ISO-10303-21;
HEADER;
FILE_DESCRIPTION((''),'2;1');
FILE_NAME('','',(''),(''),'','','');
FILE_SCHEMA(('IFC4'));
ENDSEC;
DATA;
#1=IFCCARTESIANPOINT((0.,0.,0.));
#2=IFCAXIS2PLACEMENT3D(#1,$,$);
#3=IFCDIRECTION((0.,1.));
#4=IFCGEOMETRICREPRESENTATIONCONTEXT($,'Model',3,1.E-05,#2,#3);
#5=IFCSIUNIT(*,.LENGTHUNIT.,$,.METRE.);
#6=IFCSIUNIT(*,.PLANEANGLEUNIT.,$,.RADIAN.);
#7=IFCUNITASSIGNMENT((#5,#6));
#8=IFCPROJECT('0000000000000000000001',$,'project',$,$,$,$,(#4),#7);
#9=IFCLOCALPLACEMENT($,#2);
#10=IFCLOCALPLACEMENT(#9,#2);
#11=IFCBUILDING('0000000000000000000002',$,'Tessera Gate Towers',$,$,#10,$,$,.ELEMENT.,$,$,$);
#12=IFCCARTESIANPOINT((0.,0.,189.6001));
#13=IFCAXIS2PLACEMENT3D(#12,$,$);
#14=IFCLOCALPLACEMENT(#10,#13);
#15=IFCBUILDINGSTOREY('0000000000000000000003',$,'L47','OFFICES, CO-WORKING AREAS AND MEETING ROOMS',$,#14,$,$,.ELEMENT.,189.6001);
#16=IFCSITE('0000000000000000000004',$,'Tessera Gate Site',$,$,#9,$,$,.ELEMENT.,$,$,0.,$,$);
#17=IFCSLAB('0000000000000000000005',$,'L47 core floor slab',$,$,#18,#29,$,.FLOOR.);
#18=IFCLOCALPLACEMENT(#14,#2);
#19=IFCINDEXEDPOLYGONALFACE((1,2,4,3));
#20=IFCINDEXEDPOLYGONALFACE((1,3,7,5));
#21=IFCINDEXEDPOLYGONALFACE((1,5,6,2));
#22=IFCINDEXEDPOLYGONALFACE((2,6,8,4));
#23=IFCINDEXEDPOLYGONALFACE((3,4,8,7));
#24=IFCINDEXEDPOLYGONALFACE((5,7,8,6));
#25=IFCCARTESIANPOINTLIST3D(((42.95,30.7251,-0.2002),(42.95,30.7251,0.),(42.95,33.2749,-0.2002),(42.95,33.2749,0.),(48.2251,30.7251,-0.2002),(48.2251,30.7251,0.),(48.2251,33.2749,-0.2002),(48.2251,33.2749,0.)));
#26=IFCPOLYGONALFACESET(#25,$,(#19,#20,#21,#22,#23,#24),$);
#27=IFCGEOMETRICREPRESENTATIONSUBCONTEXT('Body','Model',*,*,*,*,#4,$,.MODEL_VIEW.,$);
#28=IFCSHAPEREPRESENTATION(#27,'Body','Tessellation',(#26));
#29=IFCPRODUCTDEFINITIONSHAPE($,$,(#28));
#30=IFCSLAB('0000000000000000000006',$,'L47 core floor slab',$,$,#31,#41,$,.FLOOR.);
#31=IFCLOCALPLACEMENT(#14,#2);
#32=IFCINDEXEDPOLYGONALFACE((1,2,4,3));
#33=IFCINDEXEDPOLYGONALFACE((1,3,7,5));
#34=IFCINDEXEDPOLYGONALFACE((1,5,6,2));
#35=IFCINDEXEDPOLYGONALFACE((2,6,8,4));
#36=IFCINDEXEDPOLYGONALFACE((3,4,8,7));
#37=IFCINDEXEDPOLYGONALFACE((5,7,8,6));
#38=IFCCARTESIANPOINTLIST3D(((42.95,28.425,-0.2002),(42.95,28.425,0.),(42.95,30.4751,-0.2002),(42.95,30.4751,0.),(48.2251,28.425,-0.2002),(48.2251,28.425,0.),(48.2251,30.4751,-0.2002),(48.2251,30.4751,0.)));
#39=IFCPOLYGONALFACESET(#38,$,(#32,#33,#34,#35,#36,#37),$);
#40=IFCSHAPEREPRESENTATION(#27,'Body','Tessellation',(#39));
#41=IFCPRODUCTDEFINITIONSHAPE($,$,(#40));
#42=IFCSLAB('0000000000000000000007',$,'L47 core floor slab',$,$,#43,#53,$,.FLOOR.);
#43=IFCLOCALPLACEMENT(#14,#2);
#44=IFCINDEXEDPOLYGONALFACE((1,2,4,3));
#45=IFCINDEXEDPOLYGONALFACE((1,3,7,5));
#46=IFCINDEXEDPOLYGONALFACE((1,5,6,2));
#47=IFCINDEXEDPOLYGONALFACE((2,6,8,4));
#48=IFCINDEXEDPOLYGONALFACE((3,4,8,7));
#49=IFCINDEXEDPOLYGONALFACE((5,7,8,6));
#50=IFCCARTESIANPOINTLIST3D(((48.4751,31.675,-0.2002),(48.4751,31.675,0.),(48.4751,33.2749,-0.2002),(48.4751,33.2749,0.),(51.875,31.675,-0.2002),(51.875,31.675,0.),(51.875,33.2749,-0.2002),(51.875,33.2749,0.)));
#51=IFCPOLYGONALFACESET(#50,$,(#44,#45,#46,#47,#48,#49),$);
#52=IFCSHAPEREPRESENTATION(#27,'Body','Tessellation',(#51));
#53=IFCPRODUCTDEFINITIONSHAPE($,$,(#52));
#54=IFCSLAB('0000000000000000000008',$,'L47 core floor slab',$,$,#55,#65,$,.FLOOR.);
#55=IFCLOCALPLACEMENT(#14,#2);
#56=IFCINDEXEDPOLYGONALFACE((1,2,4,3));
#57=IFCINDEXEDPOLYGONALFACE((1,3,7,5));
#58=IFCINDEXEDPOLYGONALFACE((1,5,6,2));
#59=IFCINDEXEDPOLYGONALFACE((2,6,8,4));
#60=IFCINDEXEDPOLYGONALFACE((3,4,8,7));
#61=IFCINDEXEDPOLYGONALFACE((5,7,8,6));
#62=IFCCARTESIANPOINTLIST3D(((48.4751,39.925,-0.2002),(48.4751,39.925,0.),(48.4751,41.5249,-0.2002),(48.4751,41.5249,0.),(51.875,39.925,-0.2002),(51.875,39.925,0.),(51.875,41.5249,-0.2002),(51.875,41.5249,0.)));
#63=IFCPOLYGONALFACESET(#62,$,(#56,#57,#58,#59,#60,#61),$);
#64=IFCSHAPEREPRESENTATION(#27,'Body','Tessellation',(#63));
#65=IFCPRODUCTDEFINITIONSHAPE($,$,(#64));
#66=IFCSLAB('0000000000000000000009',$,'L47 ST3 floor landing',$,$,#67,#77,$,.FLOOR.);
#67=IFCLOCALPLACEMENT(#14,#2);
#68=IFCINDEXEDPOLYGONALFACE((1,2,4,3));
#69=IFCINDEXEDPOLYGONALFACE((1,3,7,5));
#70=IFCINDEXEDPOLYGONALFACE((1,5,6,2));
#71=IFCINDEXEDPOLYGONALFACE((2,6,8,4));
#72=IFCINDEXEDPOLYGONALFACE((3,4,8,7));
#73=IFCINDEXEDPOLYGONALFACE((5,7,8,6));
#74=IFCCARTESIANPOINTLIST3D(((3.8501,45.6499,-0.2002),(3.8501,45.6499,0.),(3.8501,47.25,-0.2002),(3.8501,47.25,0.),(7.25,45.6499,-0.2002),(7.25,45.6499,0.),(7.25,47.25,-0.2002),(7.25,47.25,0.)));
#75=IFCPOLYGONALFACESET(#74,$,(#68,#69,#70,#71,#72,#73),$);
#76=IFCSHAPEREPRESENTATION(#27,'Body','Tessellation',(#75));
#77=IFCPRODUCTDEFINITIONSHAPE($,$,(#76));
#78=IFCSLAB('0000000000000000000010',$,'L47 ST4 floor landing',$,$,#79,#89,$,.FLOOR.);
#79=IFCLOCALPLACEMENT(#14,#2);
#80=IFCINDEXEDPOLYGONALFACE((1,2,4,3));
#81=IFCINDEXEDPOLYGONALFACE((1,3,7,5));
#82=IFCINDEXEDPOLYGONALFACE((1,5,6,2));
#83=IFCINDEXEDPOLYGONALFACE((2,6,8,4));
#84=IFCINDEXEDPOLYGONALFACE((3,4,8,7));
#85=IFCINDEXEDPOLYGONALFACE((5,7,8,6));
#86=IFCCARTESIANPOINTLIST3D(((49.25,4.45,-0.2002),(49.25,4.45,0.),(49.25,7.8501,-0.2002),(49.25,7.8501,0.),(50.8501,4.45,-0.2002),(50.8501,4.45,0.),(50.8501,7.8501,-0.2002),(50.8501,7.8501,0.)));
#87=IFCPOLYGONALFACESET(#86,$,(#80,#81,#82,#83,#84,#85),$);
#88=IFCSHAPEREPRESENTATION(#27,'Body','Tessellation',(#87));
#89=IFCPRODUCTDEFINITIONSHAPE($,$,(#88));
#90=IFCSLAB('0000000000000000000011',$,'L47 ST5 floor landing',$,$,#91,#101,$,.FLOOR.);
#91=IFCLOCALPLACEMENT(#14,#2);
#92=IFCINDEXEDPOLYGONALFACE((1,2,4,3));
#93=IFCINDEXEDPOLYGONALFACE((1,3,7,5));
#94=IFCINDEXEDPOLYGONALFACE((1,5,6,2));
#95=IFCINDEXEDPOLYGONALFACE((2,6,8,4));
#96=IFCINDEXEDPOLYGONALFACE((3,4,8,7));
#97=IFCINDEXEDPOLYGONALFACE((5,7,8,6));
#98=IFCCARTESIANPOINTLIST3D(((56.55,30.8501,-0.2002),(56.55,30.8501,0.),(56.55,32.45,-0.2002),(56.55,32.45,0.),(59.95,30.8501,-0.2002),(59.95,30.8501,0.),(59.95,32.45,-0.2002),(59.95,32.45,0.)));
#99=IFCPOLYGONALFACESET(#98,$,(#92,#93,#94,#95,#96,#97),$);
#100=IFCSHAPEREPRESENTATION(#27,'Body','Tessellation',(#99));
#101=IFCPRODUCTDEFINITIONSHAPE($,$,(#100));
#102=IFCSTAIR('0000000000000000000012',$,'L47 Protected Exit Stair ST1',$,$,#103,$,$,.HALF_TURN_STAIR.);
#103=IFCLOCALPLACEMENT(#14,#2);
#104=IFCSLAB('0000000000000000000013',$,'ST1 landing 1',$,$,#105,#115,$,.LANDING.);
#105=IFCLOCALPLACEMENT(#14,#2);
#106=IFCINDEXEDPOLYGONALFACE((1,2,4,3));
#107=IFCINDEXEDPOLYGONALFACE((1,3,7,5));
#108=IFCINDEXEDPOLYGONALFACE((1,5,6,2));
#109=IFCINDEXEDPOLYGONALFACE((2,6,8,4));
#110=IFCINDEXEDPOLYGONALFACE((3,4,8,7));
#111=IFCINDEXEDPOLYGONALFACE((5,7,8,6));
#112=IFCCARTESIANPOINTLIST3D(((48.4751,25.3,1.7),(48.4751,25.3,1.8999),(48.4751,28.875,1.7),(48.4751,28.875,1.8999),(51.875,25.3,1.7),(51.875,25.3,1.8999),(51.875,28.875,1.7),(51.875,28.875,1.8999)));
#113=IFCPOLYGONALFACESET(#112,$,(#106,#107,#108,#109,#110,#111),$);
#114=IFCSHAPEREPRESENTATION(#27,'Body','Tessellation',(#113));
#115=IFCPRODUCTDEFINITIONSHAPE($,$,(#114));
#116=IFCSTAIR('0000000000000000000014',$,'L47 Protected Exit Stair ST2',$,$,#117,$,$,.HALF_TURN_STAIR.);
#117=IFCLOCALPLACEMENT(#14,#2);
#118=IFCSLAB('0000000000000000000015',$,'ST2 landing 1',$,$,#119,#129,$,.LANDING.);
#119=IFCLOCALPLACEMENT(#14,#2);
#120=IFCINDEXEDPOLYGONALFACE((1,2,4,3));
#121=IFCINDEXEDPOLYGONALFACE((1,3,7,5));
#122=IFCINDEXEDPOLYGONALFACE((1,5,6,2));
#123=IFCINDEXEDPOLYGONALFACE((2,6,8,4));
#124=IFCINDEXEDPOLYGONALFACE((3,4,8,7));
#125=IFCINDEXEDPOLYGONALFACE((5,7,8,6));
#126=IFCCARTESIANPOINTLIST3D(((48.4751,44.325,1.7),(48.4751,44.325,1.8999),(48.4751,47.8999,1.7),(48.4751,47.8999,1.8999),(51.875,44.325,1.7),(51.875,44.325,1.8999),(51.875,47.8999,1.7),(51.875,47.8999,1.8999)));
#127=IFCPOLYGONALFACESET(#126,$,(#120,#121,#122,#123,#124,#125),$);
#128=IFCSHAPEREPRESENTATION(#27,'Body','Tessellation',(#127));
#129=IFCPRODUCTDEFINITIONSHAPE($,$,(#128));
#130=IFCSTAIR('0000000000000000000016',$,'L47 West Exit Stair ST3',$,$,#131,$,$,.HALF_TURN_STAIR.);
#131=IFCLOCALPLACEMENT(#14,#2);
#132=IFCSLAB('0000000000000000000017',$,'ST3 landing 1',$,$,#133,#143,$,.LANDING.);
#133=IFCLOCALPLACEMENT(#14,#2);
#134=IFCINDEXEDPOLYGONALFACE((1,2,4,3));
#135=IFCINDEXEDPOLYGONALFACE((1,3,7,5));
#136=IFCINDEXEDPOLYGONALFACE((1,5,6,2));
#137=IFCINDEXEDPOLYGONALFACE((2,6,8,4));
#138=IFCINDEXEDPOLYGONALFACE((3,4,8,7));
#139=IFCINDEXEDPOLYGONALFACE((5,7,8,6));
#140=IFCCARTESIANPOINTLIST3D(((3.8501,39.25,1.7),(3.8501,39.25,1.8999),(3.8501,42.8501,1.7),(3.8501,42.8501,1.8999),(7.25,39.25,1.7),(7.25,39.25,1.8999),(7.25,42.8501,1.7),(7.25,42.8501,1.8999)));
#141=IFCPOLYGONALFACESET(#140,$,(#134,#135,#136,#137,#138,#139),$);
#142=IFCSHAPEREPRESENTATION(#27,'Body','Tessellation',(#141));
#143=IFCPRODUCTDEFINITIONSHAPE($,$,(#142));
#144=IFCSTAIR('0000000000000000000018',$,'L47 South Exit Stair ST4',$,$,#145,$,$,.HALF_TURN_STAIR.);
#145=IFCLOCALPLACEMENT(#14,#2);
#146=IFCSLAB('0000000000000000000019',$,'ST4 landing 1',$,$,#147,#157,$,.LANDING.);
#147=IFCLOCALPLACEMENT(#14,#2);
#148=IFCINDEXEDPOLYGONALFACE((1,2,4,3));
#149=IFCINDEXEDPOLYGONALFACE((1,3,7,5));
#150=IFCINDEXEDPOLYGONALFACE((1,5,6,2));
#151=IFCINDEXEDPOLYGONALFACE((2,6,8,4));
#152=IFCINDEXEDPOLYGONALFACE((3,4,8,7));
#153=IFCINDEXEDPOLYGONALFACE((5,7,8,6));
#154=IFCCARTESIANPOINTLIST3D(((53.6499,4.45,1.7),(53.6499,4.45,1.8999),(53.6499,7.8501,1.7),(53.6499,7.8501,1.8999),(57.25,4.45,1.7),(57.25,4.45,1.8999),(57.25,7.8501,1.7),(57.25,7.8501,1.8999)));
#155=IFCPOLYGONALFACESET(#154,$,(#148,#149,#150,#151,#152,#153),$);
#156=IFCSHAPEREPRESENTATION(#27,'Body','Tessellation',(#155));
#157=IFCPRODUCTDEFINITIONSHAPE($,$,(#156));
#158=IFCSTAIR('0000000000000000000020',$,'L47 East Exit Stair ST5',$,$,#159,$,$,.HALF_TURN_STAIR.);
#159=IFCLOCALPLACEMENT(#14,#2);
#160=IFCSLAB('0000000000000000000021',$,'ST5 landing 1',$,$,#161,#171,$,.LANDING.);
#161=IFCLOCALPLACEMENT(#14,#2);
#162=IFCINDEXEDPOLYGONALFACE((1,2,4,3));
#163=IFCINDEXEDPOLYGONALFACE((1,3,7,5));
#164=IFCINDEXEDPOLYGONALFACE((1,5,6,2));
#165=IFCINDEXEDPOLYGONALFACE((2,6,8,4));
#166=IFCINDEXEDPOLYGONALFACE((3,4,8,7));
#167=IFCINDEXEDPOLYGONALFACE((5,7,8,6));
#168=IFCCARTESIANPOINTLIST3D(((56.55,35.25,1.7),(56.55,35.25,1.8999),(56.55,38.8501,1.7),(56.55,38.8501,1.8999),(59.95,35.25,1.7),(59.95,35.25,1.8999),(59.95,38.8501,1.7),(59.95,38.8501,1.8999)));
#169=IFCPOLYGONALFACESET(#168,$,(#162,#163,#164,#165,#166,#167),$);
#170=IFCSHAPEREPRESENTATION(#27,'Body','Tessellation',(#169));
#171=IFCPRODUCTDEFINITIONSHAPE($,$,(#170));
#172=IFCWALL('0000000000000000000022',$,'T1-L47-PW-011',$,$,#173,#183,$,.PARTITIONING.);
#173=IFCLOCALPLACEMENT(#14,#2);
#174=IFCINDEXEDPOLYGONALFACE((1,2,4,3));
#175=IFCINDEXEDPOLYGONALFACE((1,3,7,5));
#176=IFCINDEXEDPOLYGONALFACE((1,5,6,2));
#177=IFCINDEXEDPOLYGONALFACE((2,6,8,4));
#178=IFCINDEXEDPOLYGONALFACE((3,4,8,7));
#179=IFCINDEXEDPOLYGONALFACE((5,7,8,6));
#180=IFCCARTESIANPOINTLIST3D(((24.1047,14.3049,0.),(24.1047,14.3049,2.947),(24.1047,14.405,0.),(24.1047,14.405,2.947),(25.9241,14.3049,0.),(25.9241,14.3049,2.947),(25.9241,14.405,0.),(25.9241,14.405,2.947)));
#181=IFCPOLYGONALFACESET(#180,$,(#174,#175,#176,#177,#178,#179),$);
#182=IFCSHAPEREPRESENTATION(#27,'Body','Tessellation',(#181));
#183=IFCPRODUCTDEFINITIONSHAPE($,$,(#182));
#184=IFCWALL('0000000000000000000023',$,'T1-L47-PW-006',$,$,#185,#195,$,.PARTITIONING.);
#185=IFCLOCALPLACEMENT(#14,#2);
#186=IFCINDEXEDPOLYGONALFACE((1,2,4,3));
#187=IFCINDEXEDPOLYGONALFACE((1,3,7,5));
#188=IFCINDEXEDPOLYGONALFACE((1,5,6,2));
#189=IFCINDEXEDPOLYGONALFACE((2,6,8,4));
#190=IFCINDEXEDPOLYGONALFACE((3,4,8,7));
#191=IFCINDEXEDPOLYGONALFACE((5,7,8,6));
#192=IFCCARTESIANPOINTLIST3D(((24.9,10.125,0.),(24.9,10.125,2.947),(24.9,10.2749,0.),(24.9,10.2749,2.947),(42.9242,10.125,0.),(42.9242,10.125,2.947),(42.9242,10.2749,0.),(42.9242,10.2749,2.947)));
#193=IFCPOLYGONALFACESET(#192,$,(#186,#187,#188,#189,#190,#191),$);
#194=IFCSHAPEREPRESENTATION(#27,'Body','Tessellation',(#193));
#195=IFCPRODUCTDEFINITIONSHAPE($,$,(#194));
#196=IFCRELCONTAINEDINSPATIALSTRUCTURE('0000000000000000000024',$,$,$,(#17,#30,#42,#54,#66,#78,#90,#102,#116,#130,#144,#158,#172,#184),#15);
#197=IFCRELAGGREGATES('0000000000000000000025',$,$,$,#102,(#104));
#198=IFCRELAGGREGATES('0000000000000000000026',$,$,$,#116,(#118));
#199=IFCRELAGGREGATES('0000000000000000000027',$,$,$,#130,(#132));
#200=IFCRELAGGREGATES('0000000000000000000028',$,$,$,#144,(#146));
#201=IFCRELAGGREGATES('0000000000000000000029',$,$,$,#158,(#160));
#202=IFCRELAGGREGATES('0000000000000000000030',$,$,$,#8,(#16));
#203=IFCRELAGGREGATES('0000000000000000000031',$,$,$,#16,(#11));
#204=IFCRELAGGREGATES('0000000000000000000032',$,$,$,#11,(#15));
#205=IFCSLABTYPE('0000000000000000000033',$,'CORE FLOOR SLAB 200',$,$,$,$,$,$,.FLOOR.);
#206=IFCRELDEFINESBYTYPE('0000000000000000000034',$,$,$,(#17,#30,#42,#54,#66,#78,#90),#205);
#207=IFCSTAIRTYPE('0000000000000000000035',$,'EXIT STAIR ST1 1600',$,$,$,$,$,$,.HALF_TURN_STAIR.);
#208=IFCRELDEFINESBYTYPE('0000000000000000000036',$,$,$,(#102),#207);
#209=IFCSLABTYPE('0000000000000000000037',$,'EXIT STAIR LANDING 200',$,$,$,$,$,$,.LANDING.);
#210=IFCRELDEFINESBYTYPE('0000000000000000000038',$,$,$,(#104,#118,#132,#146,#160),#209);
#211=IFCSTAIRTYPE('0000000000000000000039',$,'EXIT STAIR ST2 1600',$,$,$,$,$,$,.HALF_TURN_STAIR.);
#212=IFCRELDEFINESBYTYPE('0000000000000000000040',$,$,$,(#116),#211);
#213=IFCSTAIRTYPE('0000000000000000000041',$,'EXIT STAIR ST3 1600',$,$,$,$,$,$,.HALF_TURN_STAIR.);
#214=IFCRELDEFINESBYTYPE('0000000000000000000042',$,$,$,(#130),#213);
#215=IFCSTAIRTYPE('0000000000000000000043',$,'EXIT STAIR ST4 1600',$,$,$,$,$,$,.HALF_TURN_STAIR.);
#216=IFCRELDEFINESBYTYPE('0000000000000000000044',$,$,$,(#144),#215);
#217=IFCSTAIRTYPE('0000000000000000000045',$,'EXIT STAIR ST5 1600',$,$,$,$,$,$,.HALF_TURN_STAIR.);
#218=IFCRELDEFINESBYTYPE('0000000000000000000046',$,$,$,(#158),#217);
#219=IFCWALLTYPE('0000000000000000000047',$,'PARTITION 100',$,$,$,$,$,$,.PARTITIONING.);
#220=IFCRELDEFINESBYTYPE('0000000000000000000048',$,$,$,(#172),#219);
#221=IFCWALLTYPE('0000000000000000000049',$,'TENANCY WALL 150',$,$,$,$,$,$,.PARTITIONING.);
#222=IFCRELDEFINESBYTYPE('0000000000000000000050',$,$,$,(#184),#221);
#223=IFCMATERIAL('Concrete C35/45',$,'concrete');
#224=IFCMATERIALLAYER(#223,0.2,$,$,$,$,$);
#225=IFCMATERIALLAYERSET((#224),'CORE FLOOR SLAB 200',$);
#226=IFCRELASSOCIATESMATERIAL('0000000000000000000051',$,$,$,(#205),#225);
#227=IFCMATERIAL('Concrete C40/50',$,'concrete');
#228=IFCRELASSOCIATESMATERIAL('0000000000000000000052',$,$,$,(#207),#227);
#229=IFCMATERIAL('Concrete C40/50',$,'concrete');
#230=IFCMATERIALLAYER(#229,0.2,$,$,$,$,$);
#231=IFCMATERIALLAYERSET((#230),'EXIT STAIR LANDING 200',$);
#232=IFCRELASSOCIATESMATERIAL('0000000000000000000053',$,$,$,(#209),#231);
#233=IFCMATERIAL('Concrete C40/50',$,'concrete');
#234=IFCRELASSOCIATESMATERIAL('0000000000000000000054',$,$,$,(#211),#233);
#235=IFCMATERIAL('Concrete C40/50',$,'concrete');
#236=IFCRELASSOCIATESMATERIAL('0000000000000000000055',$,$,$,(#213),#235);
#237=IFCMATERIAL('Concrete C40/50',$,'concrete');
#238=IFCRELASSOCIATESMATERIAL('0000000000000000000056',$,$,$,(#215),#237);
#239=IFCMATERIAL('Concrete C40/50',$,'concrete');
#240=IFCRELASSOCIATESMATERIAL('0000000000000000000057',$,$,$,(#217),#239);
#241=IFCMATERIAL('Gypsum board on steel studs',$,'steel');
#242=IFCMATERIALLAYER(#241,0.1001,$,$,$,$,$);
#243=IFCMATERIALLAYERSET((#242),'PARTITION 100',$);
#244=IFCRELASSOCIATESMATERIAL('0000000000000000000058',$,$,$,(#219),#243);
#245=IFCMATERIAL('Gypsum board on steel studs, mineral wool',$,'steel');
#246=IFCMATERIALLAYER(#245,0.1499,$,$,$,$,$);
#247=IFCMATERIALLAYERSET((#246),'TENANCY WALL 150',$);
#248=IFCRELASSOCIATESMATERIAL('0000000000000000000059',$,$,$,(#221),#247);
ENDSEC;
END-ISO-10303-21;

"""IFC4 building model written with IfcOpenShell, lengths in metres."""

from ifc_helpers import new_model, si_unit, direction, frame, frame_2d, origin, place, context, subcontext, project, spatial, polyline, rectangle, outline, extrude, material, layer, layer_set, type_object, element, aggregate, save


model = new_model("IFC4")

# Units and contexts
model_context = context("Model", 3, precision=1e-05, world=origin(), true_north=direction((0.0, 1.0)))
body_context = subcontext(model_context, "Body", "Model", "MODEL_VIEW")
ifc_project = project(units=[si_unit("LENGTHUNIT", "METRE"), si_unit("PLANEANGLEUNIT", "RADIAN")], contexts=[model_context])

# Site, building, storey
site_placement = place(None, origin())
site = spatial("IfcSite", under=ifc_project, at=site_placement, Name="Tessera Gate Site", CompositionType="ELEMENT", RefElevation=0.0)
building_placement = place(site_placement, origin())
building = spatial("IfcBuilding", under=site, at=building_placement, Name="Tessera Gate Towers", CompositionType="ELEMENT")
storey_placement = place(building_placement, frame((0.0, 0.0, 189.6001)))
storey = spatial("IfcBuildingStorey", under=building, at=storey_placement, Name="L47", Description="OFFICES, CO-WORKING AREAS AND MEETING ROOMS", CompositionType="ELEMENT", Elevation=189.6001)

# Slabs
ifc_material_1 = material(Name="Concrete C35/45", Category="concrete")
ifc_layer_1 = layer(ifc_material_1, 0.2)
ifc_layer_set_1 = layer_set([ifc_layer_1], Name="CORE FLOOR SLAB 200")
slab_type_1 = type_object("IfcSlabType", Name="CORE FLOOR SLAB 200", PredefinedType="FLOOR", material=ifc_layer_set_1)
slab_1_placement = place(storey_placement, frame((0.0, 0.0, -0.2002)))
element("IfcSlab", 1, at=slab_1_placement, inside=storey, type_object=slab_type_1, Name="L47 core floor slab", PredefinedType="FLOOR", context=body_context, shape_type="SweptSolid", body=[
    extrude(outline(polyline([(42.95, 33.2749), (42.95, 30.7251), (48.2251, 30.7251), (48.2251, 33.2749), (42.95, 33.2749)])), origin(), (0.0, 0.0, 1.0), 0.2002),
])
slab_2_placement = place(storey_placement, frame((0.0, 0.0, -0.2002)))
element("IfcSlab", 2, at=slab_2_placement, inside=storey, type_object=slab_type_1, Name="L47 core floor slab", PredefinedType="FLOOR", context=body_context, shape_type="SweptSolid", body=[
    extrude(outline(polyline([(48.2251, 30.4751), (42.95, 30.4751), (42.95, 28.425), (48.2251, 28.425), (48.2251, 30.4751)])), origin(), (0.0, 0.0, 1.0), 0.2002),
])
slab_3_placement = place(storey_placement, frame((0.0, 0.0, -0.2002)))
element("IfcSlab", 3, at=slab_3_placement, inside=storey, type_object=slab_type_1, Name="L47 core floor slab", PredefinedType="FLOOR", context=body_context, shape_type="SweptSolid", body=[
    extrude(outline(polyline([(51.875, 31.675), (51.875, 33.2749), (48.4751, 33.2749), (48.4751, 31.675), (51.875, 31.675)])), origin(), (0.0, 0.0, 1.0), 0.2002),
])
slab_4_placement = place(storey_placement, frame((0.0, 0.0, -0.2002)))
element("IfcSlab", 4, at=slab_4_placement, inside=storey, type_object=slab_type_1, Name="L47 core floor slab", PredefinedType="FLOOR", context=body_context, shape_type="SweptSolid", body=[
    extrude(outline(polyline([(48.4751, 41.5249), (48.4751, 39.925), (51.875, 39.925), (51.875, 41.5249), (48.4751, 41.5249)])), origin(), (0.0, 0.0, 1.0), 0.2002),
])
slab_5_placement = place(storey_placement, frame((0.0, 0.0, -0.2002)))
element("IfcSlab", 5, at=slab_5_placement, inside=storey, type_object=slab_type_1, Name="L47 ST3 floor landing", PredefinedType="FLOOR", context=body_context, shape_type="SweptSolid", body=[
    extrude(outline(polyline([(3.8501, 47.25), (3.8501, 45.6499), (7.25, 45.6499), (7.25, 47.25), (3.8501, 47.25)])), origin(), (0.0, 0.0, 1.0), 0.2002),
])
slab_6_placement = place(storey_placement, frame((0.0, 0.0, -0.2002)))
element("IfcSlab", 6, at=slab_6_placement, inside=storey, type_object=slab_type_1, Name="L47 ST4 floor landing", PredefinedType="FLOOR", context=body_context, shape_type="SweptSolid", body=[
    extrude(outline(polyline([(49.25, 4.45), (50.8501, 4.45), (50.8501, 7.8501), (49.25, 7.8501), (49.25, 4.45)])), origin(), (0.0, 0.0, 1.0), 0.2002),
])
slab_7_placement = place(storey_placement, frame((0.0, 0.0, -0.2002)))
element("IfcSlab", 7, at=slab_7_placement, inside=storey, type_object=slab_type_1, Name="L47 ST5 floor landing", PredefinedType="FLOOR", context=body_context, shape_type="SweptSolid", body=[
    extrude(outline(polyline([(59.95, 30.8501), (59.95, 32.45), (56.55, 32.45), (56.55, 30.8501), (59.95, 30.8501)])), origin(), (0.0, 0.0, 1.0), 0.2002),
])

# Stairs, slabs
ifc_material_2 = material(Name="Concrete C40/50", Category="concrete")
stair_type_1 = type_object("IfcStairType", Name="EXIT STAIR ST1 1600", PredefinedType="HALF_TURN_STAIR", material=ifc_material_2)
stair_1_placement = place(storey_placement, origin())
stair_1 = element("IfcStair", 8, at=stair_1_placement, inside=storey, type_object=stair_type_1, Name="L47 Protected Exit Stair ST1", PredefinedType="HALF_TURN_STAIR")
ifc_material_3 = material(Name="Concrete C40/50", Category="concrete")
ifc_layer_2 = layer(ifc_material_3, 0.2)
ifc_layer_set_2 = layer_set([ifc_layer_2], Name="EXIT STAIR LANDING 200")
slab_type_2 = type_object("IfcSlabType", Name="EXIT STAIR LANDING 200", PredefinedType="LANDING", material=ifc_layer_set_2)
slab_8_placement = place(storey_placement, frame((0.0, 0.0, 1.7)))
slab_8 = element("IfcSlab", 9, at=slab_8_placement, type_object=slab_type_2, Name="ST1 landing 1", PredefinedType="LANDING", context=body_context, shape_type="SweptSolid", body=[
    extrude(outline(polyline([(48.4751, 28.875), (48.4751, 25.3), (51.875, 25.3), (51.875, 28.875), (48.4751, 28.875)])), origin(), (0.0, 0.0, 1.0), 0.2),
])
aggregate(stair_1, [slab_8])
ifc_material_4 = material(Name="Concrete C40/50", Category="concrete")
stair_type_2 = type_object("IfcStairType", Name="EXIT STAIR ST2 1600", PredefinedType="HALF_TURN_STAIR", material=ifc_material_4)
stair_2_placement = place(storey_placement, origin())
stair_2 = element("IfcStair", 10, at=stair_2_placement, inside=storey, type_object=stair_type_2, Name="L47 Protected Exit Stair ST2", PredefinedType="HALF_TURN_STAIR")
slab_9_placement = place(storey_placement, frame((0.0, 0.0, 1.7)))
slab_9 = element("IfcSlab", 11, at=slab_9_placement, type_object=slab_type_2, Name="ST2 landing 1", PredefinedType="LANDING", context=body_context, shape_type="SweptSolid", body=[
    extrude(outline(polyline([(51.875, 44.325), (51.875, 47.8999), (48.4751, 47.8999), (48.4751, 44.325), (51.875, 44.325)])), origin(), (0.0, 0.0, 1.0), 0.2),
])
aggregate(stair_2, [slab_9])
ifc_material_5 = material(Name="Concrete C40/50", Category="concrete")
stair_type_3 = type_object("IfcStairType", Name="EXIT STAIR ST3 1600", PredefinedType="HALF_TURN_STAIR", material=ifc_material_5)
stair_3_placement = place(storey_placement, origin())
stair_3 = element("IfcStair", 12, at=stair_3_placement, inside=storey, type_object=stair_type_3, Name="L47 West Exit Stair ST3", PredefinedType="HALF_TURN_STAIR")
slab_10_placement = place(storey_placement, frame((0.0, 0.0, 1.7)))
slab_10 = element("IfcSlab", 13, at=slab_10_placement, type_object=slab_type_2, Name="ST3 landing 1", PredefinedType="LANDING", context=body_context, shape_type="SweptSolid", body=[
    extrude(outline(polyline([(3.8501, 42.8501), (3.8501, 39.25), (7.25, 39.25), (7.25, 42.8501), (3.8501, 42.8501)])), origin(), (0.0, 0.0, 1.0), 0.2),
])
aggregate(stair_3, [slab_10])
ifc_material_6 = material(Name="Concrete C40/50", Category="concrete")
stair_type_4 = type_object("IfcStairType", Name="EXIT STAIR ST4 1600", PredefinedType="HALF_TURN_STAIR", material=ifc_material_6)
stair_4_placement = place(storey_placement, origin())
stair_4 = element("IfcStair", 14, at=stair_4_placement, inside=storey, type_object=stair_type_4, Name="L47 South Exit Stair ST4", PredefinedType="HALF_TURN_STAIR")
slab_11_placement = place(storey_placement, frame((0.0, 0.0, 1.7)))
slab_11 = element("IfcSlab", 15, at=slab_11_placement, type_object=slab_type_2, Name="ST4 landing 1", PredefinedType="LANDING", context=body_context, shape_type="SweptSolid", body=[
    extrude(outline(polyline([(53.6499, 4.45), (57.25, 4.45), (57.25, 7.8501), (53.6499, 7.8501), (53.6499, 4.45)])), origin(), (0.0, 0.0, 1.0), 0.2),
])
aggregate(stair_4, [slab_11])
ifc_material_7 = material(Name="Concrete C40/50", Category="concrete")
stair_type_5 = type_object("IfcStairType", Name="EXIT STAIR ST5 1600", PredefinedType="HALF_TURN_STAIR", material=ifc_material_7)
stair_5_placement = place(storey_placement, origin())
stair_5 = element("IfcStair", 16, at=stair_5_placement, inside=storey, type_object=stair_type_5, Name="L47 East Exit Stair ST5", PredefinedType="HALF_TURN_STAIR")
slab_12_placement = place(storey_placement, frame((0.0, 0.0, 1.7)))
slab_12 = element("IfcSlab", 17, at=slab_12_placement, type_object=slab_type_2, Name="ST5 landing 1", PredefinedType="LANDING", context=body_context, shape_type="SweptSolid", body=[
    extrude(outline(polyline([(59.95, 35.25), (59.95, 38.8501), (56.55, 38.8501), (56.55, 35.25), (59.95, 35.25)])), origin(), (0.0, 0.0, 1.0), 0.2),
])
aggregate(stair_5, [slab_12])

# Walls
ifc_material_8 = material(Name="Gypsum board on steel studs", Category="steel")
ifc_layer_3 = layer(ifc_material_8, 0.1001)
ifc_layer_set_3 = layer_set([ifc_layer_3], Name="PARTITION 100")
wall_type_1 = type_object("IfcWallType", Name="PARTITION 100", PredefinedType="PARTITIONING", material=ifc_layer_set_3)
wall_1_placement = place(storey_placement, frame((24.1047, 14.355, 0.0), z_axis=(0.0, 0.0, 1.0), x_axis=(1.0, 0.0, 0.0)))
element("IfcWall", 18, at=wall_1_placement, inside=storey, type_object=wall_type_1, Name="T1-L47-PW-011", PredefinedType="PARTITIONING", context=body_context, shape_type="SweptSolid", body=[
    extrude(rectangle(XDim=1.8193, YDim=0.1001, at=frame_2d((0.9097, 0.0))), origin(), (0.0, 0.0, 1.0), 2.947),
])
ifc_material_9 = material(Name="Gypsum board on steel studs, mineral wool", Category="steel")
ifc_layer_4 = layer(ifc_material_9, 0.1499)
ifc_layer_set_4 = layer_set([ifc_layer_4], Name="TENANCY WALL 150")
wall_type_2 = type_object("IfcWallType", Name="TENANCY WALL 150", PredefinedType="PARTITIONING", material=ifc_layer_set_4)
wall_2_placement = place(storey_placement, frame((24.8999, 10.2, 0.0), z_axis=(0.0, 0.0, 1.0), x_axis=(1.0, 0.0, 0.0)))
element("IfcWall", 19, at=wall_2_placement, inside=storey, type_object=wall_type_2, Name="T1-L47-PW-006", PredefinedType="PARTITIONING", context=body_context, shape_type="SweptSolid", body=[
    extrude(rectangle(XDim=18.0242, YDim=0.1499, at=frame_2d((9.0122, 0.0))), origin(), (0.0, 0.0, 1.0), 2.947),
])

save(model, "model.ifc")
